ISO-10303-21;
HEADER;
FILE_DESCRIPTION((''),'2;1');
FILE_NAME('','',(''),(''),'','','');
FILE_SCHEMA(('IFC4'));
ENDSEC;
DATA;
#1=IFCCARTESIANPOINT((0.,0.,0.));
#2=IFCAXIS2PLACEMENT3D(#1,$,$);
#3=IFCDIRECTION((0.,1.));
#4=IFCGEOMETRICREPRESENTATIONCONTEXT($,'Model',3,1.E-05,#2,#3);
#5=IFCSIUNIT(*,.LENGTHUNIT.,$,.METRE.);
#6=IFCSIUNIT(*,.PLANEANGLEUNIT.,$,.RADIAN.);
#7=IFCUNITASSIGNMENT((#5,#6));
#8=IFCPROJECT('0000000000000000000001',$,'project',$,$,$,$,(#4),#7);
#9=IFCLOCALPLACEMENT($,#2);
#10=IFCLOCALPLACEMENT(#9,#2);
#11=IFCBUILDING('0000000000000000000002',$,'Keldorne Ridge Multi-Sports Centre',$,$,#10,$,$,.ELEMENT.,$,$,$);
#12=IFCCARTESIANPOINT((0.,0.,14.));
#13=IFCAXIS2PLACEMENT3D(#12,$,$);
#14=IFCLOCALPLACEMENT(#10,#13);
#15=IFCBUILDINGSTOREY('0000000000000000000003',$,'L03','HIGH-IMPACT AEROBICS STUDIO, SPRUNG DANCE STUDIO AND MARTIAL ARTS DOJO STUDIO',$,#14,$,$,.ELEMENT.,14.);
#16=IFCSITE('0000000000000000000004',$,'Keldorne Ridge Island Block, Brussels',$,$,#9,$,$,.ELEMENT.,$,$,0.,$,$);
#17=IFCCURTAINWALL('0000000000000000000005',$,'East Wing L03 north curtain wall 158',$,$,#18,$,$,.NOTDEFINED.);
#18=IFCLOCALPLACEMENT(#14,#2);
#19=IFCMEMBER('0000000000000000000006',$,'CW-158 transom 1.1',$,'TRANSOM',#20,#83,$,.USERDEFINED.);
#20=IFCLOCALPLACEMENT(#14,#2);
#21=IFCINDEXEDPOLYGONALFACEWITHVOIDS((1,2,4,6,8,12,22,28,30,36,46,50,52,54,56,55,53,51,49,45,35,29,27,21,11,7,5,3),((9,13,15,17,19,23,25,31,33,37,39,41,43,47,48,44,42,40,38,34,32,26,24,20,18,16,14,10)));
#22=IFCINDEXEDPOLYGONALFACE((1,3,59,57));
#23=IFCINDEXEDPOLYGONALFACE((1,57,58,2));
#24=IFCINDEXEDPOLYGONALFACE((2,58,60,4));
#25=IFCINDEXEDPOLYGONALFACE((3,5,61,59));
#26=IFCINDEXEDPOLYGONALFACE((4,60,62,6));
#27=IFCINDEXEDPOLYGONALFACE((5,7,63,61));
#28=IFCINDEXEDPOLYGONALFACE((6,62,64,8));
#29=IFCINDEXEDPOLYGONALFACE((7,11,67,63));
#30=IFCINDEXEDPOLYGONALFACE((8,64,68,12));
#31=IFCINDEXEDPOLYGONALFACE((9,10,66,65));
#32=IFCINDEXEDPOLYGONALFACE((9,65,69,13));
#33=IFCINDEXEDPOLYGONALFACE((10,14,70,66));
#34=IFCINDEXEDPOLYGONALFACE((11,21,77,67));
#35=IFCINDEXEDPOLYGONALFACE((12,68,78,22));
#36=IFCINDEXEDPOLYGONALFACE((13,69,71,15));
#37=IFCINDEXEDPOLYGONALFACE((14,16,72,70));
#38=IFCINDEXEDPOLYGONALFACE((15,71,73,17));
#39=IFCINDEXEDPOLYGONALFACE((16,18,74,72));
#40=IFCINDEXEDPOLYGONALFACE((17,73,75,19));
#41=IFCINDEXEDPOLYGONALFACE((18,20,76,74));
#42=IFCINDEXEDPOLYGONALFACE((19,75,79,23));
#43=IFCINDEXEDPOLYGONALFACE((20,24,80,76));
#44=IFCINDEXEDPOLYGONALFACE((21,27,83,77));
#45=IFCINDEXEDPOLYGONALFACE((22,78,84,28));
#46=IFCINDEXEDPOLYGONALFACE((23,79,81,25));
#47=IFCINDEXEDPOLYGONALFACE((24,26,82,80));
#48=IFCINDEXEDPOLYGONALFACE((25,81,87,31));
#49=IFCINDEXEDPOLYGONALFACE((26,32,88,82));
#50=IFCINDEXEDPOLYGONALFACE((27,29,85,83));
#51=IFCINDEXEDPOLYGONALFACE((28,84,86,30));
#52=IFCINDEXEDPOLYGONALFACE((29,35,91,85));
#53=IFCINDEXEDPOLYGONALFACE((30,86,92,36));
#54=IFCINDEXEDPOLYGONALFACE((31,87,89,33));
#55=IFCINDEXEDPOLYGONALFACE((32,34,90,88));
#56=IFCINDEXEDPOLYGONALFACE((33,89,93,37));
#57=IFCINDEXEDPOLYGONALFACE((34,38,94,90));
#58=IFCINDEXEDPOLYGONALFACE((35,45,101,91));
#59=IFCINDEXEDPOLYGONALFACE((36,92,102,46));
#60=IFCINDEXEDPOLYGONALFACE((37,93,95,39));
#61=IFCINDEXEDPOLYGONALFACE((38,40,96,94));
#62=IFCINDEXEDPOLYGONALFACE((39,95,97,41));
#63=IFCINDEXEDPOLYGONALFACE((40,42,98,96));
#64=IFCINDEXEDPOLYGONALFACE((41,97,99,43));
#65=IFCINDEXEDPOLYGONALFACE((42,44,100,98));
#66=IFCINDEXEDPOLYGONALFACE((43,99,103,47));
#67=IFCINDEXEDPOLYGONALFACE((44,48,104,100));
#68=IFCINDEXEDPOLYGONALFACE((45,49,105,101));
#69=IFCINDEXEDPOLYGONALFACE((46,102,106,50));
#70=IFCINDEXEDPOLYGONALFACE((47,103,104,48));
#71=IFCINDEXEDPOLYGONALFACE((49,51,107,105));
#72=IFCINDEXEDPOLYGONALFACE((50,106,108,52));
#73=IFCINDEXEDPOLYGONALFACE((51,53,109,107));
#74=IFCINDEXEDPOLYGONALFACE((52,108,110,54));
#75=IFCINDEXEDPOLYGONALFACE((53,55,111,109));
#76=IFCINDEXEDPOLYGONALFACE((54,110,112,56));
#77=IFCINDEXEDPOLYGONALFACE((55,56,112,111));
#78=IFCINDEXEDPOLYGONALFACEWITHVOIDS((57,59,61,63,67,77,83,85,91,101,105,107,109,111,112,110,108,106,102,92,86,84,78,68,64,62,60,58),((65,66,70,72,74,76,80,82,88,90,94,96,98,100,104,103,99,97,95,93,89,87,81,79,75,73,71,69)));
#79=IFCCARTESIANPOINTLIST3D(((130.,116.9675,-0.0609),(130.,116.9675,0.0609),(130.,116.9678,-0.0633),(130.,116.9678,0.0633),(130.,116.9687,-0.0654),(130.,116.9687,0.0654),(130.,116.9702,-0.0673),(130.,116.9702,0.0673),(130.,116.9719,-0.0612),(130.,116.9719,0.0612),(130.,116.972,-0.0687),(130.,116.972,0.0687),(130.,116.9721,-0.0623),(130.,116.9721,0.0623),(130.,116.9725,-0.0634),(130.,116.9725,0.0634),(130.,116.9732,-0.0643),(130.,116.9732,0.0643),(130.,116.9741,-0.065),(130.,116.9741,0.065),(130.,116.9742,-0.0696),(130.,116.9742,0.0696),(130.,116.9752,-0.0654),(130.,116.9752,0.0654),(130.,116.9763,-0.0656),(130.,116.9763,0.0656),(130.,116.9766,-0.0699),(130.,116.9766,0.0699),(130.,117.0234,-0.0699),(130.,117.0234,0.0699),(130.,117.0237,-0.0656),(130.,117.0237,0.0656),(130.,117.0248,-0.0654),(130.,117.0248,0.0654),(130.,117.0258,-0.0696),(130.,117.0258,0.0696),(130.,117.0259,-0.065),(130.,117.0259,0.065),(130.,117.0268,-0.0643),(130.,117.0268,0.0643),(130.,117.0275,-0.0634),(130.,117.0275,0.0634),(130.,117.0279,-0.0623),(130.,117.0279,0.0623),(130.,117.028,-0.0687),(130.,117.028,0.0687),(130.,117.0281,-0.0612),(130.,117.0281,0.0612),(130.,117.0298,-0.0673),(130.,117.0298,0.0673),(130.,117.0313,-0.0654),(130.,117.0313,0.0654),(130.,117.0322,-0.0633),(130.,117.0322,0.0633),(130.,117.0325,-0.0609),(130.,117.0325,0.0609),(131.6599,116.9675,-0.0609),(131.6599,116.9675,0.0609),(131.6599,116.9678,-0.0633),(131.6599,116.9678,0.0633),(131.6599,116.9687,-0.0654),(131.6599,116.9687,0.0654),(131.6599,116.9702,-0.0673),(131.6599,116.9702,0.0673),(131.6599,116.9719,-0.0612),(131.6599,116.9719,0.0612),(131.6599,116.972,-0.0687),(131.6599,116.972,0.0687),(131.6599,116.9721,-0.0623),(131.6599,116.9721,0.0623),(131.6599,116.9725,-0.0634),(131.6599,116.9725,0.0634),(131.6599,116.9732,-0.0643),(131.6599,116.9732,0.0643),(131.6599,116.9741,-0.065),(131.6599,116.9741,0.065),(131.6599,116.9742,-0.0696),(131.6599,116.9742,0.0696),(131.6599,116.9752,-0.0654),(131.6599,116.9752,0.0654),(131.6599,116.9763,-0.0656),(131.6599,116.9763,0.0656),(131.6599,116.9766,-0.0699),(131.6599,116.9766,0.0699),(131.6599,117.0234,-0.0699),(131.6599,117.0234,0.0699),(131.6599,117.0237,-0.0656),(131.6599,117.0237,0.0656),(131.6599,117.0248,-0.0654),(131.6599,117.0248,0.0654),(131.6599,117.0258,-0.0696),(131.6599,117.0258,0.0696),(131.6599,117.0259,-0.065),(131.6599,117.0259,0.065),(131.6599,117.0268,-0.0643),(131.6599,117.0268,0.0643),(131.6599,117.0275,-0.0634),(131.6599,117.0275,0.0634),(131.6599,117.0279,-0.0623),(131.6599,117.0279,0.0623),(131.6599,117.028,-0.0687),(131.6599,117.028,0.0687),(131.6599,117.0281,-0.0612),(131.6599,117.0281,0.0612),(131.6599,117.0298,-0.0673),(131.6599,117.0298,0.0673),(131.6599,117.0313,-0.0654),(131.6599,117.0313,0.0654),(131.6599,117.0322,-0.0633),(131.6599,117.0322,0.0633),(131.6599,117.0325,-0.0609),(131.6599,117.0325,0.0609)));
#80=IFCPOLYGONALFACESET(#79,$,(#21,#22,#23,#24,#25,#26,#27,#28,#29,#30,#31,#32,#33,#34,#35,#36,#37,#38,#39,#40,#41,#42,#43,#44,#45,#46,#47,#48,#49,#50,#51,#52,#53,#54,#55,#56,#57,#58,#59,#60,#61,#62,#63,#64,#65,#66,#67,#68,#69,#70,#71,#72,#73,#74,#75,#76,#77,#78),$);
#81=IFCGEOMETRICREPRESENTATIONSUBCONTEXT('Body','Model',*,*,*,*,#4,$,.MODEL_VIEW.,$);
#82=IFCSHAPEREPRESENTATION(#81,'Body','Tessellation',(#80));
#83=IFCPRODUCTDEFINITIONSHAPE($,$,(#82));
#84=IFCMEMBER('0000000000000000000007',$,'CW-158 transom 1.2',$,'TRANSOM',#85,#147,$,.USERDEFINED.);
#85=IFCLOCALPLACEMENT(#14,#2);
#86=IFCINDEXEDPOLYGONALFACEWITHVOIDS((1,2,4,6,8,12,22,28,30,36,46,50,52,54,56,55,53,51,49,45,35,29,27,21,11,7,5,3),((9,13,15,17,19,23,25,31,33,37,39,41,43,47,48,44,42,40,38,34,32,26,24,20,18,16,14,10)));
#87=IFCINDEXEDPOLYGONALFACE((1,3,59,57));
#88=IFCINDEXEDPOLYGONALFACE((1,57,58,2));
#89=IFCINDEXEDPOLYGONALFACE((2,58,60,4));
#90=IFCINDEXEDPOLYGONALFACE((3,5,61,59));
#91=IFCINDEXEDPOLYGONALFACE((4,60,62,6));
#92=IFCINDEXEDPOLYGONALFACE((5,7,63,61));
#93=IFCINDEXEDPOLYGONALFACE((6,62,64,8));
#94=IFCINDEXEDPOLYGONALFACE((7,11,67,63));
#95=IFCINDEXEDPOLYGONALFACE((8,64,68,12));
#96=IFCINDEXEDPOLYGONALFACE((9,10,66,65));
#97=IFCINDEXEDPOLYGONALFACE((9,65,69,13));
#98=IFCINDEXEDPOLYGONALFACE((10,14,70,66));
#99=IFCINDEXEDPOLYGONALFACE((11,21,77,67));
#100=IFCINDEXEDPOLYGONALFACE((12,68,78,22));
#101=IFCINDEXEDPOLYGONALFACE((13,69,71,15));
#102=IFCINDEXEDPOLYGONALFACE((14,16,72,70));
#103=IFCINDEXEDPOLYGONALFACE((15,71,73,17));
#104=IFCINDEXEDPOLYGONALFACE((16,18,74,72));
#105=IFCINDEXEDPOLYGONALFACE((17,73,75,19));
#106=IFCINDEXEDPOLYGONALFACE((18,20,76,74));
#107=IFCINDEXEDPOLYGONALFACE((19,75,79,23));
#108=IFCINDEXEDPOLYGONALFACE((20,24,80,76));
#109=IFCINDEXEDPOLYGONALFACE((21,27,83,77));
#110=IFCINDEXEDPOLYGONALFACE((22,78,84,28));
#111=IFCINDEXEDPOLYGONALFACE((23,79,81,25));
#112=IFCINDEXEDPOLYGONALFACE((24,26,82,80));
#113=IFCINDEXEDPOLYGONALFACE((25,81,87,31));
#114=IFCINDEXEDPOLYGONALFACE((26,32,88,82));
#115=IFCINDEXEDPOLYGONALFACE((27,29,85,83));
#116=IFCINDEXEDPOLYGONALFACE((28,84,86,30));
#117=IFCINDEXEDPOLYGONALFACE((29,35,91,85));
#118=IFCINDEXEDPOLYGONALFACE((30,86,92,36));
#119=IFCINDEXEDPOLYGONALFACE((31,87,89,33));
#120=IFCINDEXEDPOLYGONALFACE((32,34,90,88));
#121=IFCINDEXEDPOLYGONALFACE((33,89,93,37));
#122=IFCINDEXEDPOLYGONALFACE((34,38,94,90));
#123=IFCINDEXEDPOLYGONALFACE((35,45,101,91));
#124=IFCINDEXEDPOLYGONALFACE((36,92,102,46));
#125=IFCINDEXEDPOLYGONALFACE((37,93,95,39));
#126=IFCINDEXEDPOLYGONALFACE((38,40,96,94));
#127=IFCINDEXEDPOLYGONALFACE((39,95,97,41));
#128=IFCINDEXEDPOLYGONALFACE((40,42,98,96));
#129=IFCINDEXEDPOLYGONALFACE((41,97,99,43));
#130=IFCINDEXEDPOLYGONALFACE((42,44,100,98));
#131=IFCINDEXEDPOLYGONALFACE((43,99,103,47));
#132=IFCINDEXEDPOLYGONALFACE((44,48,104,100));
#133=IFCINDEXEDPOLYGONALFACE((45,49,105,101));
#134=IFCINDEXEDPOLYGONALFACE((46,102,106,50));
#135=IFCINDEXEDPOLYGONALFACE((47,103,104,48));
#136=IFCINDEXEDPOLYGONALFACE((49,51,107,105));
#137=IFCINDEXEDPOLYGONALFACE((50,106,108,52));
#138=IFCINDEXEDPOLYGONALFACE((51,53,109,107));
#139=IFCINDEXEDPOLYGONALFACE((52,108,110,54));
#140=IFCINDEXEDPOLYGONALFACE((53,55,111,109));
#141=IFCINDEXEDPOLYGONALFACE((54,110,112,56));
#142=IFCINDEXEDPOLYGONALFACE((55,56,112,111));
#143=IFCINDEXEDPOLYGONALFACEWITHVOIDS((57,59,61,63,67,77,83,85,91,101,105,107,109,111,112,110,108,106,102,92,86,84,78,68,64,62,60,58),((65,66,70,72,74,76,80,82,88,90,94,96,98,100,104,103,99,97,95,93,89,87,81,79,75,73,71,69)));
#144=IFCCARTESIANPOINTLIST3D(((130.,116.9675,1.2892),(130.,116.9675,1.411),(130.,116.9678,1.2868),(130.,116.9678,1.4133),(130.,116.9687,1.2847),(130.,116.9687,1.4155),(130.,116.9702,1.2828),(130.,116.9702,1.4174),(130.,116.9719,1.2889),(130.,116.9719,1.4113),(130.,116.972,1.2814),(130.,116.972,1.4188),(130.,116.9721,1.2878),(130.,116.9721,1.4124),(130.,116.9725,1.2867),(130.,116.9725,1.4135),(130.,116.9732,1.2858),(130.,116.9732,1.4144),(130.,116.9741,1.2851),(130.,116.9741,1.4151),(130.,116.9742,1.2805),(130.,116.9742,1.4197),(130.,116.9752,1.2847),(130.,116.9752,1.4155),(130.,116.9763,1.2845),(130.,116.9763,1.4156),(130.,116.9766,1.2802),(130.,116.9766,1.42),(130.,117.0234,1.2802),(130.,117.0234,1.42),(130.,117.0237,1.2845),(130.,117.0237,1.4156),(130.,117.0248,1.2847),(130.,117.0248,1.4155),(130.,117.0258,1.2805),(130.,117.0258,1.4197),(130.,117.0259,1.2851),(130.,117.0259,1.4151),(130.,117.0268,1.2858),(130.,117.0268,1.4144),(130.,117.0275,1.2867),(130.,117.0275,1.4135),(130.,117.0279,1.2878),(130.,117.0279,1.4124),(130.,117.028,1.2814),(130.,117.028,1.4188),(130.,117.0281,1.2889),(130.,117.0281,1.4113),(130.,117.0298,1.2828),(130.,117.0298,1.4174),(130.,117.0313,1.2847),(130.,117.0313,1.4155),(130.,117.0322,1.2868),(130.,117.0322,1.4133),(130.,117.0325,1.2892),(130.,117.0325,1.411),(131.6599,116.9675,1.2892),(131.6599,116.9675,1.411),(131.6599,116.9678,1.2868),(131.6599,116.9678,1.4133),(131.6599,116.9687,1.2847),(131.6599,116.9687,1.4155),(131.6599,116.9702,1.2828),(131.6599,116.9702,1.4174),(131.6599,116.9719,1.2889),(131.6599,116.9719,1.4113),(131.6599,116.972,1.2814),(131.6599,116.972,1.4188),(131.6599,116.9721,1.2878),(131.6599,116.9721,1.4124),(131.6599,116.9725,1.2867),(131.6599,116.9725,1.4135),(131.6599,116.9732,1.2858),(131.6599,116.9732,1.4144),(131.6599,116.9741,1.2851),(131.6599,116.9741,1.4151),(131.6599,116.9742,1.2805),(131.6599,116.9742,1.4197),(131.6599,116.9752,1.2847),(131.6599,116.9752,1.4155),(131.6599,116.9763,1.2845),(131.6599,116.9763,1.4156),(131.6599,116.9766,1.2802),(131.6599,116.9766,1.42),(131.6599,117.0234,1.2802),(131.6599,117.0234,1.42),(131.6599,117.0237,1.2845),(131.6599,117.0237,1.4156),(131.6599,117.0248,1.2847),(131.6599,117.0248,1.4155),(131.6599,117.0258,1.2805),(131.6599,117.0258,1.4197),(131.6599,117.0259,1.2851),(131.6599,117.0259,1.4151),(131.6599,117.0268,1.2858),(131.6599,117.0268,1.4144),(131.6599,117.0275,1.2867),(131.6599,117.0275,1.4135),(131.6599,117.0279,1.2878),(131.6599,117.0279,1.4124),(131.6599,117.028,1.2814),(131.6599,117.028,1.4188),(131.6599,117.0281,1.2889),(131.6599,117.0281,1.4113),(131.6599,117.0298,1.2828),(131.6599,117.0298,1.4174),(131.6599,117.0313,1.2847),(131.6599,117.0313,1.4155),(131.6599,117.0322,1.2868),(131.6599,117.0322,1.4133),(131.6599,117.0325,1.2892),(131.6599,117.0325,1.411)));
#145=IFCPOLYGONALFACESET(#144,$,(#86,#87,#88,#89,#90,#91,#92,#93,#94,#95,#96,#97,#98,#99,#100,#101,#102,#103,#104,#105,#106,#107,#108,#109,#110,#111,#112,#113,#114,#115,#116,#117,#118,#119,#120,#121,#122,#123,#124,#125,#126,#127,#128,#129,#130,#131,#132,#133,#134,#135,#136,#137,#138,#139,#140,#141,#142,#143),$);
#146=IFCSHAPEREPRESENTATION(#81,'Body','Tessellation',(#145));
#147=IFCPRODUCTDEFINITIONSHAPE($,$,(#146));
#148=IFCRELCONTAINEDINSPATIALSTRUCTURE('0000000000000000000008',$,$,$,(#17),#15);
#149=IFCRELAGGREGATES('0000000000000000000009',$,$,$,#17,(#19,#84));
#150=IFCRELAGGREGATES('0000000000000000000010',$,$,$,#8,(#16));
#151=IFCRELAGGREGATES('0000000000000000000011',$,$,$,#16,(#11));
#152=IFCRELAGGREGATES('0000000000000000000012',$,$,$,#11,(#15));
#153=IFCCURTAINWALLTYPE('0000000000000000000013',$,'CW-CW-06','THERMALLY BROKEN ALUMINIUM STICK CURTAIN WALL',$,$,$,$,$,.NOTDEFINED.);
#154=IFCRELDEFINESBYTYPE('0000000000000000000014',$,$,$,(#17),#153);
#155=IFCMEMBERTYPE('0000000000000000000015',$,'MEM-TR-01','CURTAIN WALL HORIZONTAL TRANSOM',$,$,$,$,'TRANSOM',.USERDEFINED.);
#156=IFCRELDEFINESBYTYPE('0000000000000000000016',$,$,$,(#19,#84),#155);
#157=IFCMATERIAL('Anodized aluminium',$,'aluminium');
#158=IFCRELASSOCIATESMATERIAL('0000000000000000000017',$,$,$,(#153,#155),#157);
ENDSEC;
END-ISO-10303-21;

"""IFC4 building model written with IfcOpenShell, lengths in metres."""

from ifc_helpers import new_model, si_unit, direction, frame, origin, origin_2d, place, context, subcontext, project, spatial, hollow_rectangle, extrude, material, material_profile, profile_set, type_object, element, aggregate, save


model = new_model("IFC4")

# Units and contexts
model_context = context("Model", 3, precision=1e-05, world=origin(), true_north=direction((0.0, 1.0)))
body_context = subcontext(model_context, "Body", "Model", "MODEL_VIEW")
ifc_project = project(units=[si_unit("LENGTHUNIT", "METRE"), si_unit("PLANEANGLEUNIT", "RADIAN")], contexts=[model_context])

# Site, building, storey
site_placement = place(None, origin())
site = spatial("IfcSite", under=ifc_project, at=site_placement, Name="Keldorne Ridge Island Block, Brussels", CompositionType="ELEMENT", RefElevation=0.0)
building_placement = place(site_placement, origin())
building = spatial("IfcBuilding", under=site, at=building_placement, Name="Keldorne Ridge Multi-Sports Centre", CompositionType="ELEMENT")
storey_placement = place(building_placement, frame((0.0, 0.0, 14.0)))
storey = spatial("IfcBuildingStorey", under=building, at=storey_placement, Name="L03", Description="HIGH-IMPACT AEROBICS STUDIO, SPRUNG DANCE STUDIO AND MARTIAL ARTS DOJO STUDIO", CompositionType="ELEMENT", Elevation=14.0)

# Curtain wall, members
ifc_material_1 = material(Name="Anodized aluminium", Category="aluminium")
curtain_wall_type = type_object("IfcCurtainWallType", Name="CW-CW-06", Description="THERMALLY BROKEN ALUMINIUM STICK CURTAIN WALL", PredefinedType="NOTDEFINED", material=ifc_material_1)
curtain_wall_placement = place(storey_placement, origin())
curtain_wall = element("IfcCurtainWall", 1, at=curtain_wall_placement, inside=storey, type_object=curtain_wall_type, Name="East Wing L03 north curtain wall 158", PredefinedType="NOTDEFINED")
ifc_material_profile_1 = material_profile(ifc_material_1, hollow_rectangle(XDim=0.0649, YDim=0.1399, WallThickness=0.0044, InnerFilletRadius=0.0044, OuterFilletRadius=0.009, at=origin_2d()), Name="ALU TRANSOM 140x65x4.5")
ifc_profile_set_1 = profile_set([ifc_material_profile_1], Name="Anodized aluminium")
member_type_1 = type_object("IfcMemberType", Name="MEM-TR-01", Description="CURTAIN WALL HORIZONTAL TRANSOM", ElementType="TRANSOM", PredefinedType="USERDEFINED", material=ifc_profile_set_1)
member_1_placement = place(storey_placement, frame((131.6599, 117.0, 0.0), z_axis=(-1.0, 0.0, 0.0), x_axis=(0.0, -1.0, 0.0)))
member_1 = element("IfcMember", 2, at=member_1_placement, type_object=member_type_1, Name="CW-158 transom 1.1", ObjectType="TRANSOM", PredefinedType="USERDEFINED", context=body_context, shape_type="SweptSolid", body=[
    extrude(hollow_rectangle(XDim=0.0649, YDim=0.1399, WallThickness=0.0044, InnerFilletRadius=0.0044, OuterFilletRadius=0.009, at=origin_2d()), origin(), (0.0, 0.0, 1.0), 1.6599),
])
member_2_placement = place(storey_placement, frame((131.6599, 117.0, 1.3501), z_axis=(-1.0, 0.0, 0.0), x_axis=(0.0, -1.0, 0.0)))
member_2 = element("IfcMember", 3, at=member_2_placement, type_object=member_type_1, Name="CW-158 transom 1.2", ObjectType="TRANSOM", PredefinedType="USERDEFINED", context=body_context, shape_type="SweptSolid", body=[
    extrude(hollow_rectangle(XDim=0.0649, YDim=0.1399, WallThickness=0.0044, InnerFilletRadius=0.0044, OuterFilletRadius=0.009, at=origin_2d()), origin(), (0.0, 0.0, 1.0), 1.6599),
])
aggregate(curtain_wall, [member_1, member_2])

save(model, "model.ifc")
